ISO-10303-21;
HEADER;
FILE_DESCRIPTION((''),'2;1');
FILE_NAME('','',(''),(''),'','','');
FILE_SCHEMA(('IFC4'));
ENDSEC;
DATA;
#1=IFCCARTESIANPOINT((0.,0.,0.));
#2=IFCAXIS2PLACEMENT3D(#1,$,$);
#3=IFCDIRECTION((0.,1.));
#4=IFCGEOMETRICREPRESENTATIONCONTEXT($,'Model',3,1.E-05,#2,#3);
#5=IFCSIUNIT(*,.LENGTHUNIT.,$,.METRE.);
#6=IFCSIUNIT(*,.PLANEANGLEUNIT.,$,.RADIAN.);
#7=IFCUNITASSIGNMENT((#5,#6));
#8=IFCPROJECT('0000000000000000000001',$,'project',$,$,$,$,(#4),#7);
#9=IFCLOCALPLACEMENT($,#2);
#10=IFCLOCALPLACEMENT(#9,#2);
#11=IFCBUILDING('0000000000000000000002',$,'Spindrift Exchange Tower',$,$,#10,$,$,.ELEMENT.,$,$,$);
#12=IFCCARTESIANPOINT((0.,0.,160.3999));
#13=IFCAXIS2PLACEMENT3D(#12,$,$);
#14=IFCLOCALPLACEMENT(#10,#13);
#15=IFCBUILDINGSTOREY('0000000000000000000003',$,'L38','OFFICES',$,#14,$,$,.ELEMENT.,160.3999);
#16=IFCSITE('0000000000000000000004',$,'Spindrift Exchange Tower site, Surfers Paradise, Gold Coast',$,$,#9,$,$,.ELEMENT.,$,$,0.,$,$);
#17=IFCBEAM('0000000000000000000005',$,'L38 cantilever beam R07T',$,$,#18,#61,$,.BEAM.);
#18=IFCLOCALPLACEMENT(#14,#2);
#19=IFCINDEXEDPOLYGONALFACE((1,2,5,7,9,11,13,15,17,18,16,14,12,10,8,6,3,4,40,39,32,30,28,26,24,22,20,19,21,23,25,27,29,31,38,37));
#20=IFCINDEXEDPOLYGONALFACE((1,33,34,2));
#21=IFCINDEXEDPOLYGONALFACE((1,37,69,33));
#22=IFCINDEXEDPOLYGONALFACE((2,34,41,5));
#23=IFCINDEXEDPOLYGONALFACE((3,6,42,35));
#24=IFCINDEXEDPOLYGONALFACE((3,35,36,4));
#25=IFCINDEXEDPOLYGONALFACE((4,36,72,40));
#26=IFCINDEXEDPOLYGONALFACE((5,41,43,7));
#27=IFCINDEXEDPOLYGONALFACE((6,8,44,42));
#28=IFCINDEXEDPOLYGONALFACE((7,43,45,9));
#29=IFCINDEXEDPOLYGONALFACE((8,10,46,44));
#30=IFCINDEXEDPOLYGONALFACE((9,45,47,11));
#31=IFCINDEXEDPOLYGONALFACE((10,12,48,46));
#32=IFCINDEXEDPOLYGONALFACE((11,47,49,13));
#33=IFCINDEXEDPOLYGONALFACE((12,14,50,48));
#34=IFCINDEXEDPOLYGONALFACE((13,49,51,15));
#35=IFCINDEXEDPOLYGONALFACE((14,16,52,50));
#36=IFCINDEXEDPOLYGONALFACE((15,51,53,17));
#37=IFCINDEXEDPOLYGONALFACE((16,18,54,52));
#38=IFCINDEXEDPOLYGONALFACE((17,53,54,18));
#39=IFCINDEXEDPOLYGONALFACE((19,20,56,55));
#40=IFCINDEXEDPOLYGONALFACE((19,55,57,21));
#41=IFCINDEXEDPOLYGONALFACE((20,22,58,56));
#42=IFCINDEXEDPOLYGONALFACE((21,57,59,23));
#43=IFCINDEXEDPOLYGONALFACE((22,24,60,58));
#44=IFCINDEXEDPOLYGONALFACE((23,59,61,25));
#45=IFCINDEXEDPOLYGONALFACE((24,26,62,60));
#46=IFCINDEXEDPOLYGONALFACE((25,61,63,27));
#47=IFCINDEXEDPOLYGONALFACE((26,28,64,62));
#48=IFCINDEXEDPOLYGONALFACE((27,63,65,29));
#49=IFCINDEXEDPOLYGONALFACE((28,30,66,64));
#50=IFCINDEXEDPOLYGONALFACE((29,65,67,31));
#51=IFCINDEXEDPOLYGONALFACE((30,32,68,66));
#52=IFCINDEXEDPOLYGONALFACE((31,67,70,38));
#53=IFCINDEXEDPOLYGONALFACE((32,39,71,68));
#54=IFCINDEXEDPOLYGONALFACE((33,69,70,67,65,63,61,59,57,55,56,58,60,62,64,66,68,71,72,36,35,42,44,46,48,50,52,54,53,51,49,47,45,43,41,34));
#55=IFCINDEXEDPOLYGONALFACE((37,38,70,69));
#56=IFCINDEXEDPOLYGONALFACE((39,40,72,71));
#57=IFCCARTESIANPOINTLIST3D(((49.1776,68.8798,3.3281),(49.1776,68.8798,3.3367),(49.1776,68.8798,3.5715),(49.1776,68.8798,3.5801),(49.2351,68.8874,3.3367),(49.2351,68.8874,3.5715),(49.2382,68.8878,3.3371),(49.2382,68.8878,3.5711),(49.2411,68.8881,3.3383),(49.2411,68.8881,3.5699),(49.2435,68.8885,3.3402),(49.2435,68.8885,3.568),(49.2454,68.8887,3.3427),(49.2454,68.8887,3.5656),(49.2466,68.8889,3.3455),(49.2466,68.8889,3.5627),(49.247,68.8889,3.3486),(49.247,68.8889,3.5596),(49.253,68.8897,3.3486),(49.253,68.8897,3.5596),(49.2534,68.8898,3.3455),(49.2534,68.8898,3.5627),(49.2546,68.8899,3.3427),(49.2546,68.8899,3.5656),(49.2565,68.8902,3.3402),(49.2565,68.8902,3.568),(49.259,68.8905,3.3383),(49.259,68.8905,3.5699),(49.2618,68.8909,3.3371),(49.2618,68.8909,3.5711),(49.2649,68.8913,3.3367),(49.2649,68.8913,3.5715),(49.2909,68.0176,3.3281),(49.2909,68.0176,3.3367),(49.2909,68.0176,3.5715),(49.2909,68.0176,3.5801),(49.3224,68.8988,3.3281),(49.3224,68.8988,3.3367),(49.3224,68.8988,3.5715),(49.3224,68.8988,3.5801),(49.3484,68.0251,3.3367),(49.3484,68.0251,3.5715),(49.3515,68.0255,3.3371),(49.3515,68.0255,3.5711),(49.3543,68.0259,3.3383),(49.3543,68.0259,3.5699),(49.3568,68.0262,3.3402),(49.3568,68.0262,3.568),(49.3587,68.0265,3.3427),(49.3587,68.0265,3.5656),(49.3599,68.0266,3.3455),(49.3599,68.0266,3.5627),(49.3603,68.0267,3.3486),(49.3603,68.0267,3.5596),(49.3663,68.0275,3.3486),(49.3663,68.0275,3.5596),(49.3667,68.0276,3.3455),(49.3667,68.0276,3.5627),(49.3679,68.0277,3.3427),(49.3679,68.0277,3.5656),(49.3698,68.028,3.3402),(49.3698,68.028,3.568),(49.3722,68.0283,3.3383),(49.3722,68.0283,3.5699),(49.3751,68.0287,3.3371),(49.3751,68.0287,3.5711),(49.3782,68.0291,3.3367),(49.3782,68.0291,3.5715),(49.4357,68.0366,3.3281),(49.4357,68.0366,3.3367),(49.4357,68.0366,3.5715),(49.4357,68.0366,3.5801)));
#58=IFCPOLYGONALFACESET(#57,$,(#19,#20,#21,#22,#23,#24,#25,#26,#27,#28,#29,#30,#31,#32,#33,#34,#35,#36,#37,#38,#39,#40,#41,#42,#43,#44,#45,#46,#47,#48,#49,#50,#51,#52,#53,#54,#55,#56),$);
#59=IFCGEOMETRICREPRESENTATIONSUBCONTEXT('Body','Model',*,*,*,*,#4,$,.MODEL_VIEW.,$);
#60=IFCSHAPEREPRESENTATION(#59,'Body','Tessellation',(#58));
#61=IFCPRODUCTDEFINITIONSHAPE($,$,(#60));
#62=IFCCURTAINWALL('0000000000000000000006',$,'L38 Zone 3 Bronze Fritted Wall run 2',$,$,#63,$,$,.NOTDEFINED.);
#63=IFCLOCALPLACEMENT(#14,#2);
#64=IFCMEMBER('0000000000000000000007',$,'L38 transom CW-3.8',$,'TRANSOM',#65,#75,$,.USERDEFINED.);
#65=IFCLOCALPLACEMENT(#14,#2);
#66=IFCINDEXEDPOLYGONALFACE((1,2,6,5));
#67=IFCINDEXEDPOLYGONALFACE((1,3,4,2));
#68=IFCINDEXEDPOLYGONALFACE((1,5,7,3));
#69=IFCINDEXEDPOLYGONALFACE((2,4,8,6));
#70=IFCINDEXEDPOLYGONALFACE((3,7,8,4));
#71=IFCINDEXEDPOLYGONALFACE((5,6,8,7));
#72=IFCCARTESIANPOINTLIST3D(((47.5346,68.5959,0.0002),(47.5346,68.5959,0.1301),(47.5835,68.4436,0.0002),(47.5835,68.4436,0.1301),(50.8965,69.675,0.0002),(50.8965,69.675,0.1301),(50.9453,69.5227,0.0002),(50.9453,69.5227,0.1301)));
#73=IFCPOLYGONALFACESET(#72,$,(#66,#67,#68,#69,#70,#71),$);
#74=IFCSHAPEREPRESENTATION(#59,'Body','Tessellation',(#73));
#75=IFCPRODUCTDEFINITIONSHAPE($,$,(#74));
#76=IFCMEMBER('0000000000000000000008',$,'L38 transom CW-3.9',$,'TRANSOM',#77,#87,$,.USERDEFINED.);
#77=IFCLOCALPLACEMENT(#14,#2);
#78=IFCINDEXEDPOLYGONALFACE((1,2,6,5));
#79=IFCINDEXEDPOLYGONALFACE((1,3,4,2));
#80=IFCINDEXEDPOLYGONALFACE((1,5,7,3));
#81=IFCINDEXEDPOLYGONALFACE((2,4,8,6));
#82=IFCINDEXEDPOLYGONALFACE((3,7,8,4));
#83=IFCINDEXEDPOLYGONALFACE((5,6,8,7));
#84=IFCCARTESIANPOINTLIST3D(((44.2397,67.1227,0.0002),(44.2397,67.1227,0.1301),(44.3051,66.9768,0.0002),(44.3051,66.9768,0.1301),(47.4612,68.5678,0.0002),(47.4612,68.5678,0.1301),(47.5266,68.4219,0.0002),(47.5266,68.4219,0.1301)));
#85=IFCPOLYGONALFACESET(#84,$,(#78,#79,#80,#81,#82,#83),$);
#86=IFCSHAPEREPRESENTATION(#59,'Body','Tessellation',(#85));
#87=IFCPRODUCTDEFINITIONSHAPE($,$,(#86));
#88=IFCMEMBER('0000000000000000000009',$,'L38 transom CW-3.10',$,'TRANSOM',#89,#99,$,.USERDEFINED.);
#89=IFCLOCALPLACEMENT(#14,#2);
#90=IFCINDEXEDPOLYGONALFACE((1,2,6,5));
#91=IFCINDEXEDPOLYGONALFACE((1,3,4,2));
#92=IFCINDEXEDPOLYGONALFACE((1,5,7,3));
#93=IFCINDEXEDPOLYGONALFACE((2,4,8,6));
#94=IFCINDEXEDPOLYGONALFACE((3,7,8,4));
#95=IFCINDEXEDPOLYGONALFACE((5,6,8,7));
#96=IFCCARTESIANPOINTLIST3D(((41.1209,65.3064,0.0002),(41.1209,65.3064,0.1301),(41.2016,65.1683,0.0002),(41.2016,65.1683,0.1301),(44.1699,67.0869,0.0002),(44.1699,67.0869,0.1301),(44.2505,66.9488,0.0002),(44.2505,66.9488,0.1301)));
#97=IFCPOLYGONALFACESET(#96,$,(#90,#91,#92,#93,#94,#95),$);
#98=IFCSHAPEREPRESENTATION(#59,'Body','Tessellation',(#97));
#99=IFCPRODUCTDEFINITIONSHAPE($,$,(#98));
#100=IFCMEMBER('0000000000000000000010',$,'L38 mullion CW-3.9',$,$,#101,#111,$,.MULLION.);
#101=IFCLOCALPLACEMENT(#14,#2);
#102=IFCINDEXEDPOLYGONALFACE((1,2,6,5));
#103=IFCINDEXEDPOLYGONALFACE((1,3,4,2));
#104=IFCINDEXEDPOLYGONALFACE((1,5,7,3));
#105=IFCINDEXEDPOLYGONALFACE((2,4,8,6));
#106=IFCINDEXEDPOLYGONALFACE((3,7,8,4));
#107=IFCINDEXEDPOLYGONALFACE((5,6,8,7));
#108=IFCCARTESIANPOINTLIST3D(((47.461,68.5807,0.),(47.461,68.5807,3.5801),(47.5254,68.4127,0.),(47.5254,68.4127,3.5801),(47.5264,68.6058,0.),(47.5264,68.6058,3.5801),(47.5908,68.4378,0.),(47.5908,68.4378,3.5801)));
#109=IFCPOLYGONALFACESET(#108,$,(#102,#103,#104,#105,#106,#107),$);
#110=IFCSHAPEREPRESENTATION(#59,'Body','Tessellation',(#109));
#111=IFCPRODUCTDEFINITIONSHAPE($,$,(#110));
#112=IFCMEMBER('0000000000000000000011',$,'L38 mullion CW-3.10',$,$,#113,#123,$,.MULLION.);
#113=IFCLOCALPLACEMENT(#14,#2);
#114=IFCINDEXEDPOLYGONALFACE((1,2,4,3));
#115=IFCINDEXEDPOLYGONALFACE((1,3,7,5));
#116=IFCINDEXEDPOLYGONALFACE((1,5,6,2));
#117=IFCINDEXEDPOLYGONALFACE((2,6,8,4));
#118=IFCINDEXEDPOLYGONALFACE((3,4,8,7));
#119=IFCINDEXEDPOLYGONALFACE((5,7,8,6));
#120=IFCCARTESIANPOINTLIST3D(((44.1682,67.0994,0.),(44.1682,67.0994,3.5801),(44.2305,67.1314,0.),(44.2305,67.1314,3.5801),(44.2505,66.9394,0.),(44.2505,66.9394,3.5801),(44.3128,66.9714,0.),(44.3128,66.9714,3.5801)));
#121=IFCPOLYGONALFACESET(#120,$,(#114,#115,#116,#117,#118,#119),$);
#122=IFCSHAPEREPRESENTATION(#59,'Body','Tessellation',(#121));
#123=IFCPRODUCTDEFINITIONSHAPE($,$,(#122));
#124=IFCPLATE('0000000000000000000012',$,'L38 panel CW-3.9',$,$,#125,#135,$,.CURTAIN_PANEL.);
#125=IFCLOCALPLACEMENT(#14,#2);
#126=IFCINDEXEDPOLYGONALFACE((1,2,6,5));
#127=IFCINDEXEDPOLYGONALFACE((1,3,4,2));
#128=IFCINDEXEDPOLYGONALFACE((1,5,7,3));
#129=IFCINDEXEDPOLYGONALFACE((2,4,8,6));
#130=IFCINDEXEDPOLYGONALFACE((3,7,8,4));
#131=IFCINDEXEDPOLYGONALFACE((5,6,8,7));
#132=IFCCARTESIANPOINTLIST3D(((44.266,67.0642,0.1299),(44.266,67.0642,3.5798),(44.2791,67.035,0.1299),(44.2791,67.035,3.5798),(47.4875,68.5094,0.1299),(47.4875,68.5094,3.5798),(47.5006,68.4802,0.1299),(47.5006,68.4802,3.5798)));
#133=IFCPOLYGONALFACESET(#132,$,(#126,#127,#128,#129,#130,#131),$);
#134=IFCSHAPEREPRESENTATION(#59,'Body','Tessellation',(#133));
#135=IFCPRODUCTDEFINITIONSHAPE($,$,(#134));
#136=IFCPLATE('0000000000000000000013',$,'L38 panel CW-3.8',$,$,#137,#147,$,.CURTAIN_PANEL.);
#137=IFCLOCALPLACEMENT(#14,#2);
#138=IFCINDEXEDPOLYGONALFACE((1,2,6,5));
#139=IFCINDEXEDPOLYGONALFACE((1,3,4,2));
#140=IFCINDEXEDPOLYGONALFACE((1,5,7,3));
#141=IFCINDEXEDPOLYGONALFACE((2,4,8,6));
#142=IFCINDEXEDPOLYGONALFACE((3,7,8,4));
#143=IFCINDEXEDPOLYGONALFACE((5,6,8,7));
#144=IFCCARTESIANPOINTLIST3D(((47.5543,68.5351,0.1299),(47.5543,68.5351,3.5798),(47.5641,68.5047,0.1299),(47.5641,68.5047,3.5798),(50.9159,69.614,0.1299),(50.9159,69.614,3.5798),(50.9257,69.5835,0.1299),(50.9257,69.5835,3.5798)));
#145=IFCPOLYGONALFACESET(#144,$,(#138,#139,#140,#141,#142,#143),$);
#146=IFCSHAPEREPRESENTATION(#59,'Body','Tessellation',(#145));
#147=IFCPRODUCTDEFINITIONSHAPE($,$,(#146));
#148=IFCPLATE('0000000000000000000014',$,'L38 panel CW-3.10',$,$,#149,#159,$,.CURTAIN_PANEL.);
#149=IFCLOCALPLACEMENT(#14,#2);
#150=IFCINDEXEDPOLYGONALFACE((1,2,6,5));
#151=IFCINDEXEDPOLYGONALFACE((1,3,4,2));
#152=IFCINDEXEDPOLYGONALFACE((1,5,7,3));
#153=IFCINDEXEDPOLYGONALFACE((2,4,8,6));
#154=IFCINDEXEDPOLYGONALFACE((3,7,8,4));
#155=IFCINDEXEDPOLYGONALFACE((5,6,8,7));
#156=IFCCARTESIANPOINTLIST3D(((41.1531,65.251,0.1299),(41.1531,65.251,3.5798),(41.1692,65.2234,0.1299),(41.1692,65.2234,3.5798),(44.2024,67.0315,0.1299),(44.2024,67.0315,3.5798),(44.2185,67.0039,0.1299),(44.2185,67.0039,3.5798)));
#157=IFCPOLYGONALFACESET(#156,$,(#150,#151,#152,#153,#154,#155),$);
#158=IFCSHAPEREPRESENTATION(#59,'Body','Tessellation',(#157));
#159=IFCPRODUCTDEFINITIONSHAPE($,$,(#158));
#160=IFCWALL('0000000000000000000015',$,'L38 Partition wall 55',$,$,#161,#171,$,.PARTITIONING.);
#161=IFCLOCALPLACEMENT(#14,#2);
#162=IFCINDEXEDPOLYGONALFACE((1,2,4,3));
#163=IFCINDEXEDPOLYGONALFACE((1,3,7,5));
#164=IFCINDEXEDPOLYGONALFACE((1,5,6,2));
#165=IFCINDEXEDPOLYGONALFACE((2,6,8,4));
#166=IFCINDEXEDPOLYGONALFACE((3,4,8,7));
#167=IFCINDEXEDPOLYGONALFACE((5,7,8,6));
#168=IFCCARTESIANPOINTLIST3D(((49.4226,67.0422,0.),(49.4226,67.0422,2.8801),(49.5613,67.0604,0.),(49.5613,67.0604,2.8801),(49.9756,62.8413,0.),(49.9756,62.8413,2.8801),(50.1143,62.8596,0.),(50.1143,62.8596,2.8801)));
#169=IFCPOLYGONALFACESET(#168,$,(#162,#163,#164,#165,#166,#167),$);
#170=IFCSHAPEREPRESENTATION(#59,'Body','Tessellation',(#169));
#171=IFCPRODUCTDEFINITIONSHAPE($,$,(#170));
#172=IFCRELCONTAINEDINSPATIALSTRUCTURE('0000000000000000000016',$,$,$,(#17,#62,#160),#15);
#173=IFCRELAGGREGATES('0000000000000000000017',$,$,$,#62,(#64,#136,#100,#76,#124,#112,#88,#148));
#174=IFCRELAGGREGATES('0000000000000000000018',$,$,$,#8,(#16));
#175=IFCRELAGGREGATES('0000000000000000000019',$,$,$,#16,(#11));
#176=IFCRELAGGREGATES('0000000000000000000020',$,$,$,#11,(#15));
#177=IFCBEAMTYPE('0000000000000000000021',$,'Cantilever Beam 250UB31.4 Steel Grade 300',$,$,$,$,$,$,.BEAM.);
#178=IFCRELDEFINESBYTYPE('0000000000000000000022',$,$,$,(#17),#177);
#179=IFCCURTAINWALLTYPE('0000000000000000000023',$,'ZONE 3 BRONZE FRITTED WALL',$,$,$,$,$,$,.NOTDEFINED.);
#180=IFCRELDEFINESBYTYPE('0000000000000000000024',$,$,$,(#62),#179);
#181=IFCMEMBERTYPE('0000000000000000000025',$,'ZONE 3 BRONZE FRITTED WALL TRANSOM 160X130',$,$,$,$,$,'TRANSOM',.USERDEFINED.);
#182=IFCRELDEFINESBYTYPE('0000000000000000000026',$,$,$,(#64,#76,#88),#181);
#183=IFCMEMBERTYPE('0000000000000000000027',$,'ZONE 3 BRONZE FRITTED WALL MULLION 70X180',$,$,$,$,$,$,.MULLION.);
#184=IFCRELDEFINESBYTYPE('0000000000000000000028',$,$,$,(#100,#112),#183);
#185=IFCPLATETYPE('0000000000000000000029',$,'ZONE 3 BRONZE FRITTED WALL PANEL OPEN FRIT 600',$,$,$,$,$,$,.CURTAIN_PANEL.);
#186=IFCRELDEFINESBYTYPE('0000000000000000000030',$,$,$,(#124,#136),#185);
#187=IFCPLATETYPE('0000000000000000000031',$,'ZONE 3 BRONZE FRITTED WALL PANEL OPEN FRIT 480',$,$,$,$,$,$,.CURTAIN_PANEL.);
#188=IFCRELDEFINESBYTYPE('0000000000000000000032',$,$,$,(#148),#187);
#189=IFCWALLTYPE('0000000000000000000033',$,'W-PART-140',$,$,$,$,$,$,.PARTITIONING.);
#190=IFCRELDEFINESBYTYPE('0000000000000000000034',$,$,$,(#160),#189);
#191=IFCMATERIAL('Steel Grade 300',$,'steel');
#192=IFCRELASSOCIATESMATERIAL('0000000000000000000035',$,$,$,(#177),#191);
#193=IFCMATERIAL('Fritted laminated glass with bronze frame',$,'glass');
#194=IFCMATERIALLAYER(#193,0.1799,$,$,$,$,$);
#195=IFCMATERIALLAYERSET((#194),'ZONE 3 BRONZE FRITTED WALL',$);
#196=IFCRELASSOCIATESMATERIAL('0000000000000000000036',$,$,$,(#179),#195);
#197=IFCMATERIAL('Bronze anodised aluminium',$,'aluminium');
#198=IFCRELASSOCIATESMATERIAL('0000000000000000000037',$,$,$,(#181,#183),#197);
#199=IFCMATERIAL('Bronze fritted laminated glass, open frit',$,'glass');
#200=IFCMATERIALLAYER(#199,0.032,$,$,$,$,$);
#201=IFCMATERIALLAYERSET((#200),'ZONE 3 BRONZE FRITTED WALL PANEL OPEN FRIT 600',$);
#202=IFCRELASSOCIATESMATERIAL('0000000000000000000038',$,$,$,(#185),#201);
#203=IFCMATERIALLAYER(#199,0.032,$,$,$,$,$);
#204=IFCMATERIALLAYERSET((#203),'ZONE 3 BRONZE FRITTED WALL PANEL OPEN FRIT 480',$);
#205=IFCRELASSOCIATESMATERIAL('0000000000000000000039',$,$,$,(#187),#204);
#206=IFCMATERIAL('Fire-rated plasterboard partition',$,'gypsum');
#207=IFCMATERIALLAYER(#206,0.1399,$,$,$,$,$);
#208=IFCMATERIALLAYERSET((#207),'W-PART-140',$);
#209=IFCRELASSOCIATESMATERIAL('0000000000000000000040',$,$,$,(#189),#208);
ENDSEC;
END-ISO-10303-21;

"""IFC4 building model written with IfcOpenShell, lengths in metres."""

from ifc_helpers import new_model, si_unit, direction, frame, frame_2d, origin, origin_2d, place, context, subcontext, project, spatial, rectangle, i_section, extrude, source, transform, mapped, material, layer, layer_set, material_profile, profile_set, type_object, element, aggregate, save


model = new_model("IFC4")

# Units and contexts
model_context = context("Model", 3, precision=1e-05, world=origin(), true_north=direction((0.0, 1.0)))
body_context = subcontext(model_context, "Body", "Model", "MODEL_VIEW")
ifc_project = project(units=[si_unit("LENGTHUNIT", "METRE"), si_unit("PLANEANGLEUNIT", "RADIAN")], contexts=[model_context])

# Site, building, storey
site_placement = place(None, origin())
site = spatial("IfcSite", under=ifc_project, at=site_placement, Name="Spindrift Exchange Tower site, Surfers Paradise, Gold Coast", CompositionType="ELEMENT", RefElevation=0.0)
building_placement = place(site_placement, origin())
building = spatial("IfcBuilding", under=site, at=building_placement, Name="Spindrift Exchange Tower", CompositionType="ELEMENT")
storey_placement = place(building_placement, frame((0.0, 0.0, 160.3999)))
storey = spatial("IfcBuildingStorey", under=building, at=storey_placement, Name="L38", Description="OFFICES", CompositionType="ELEMENT", Elevation=160.3999)

# Beam
ifc_material_1 = material(Name="Steel Grade 300", Category="steel")
ifc_material_profile_1 = material_profile(ifc_material_1, i_section(OverallWidth=0.146, OverallDepth=0.252, WebThickness=0.0061, FlangeThickness=0.0085, FilletRadius=0.012, at=origin_2d()), Name="250UB31.4")
ifc_profile_set_1 = profile_set([ifc_material_profile_1], Name="Steel Grade 300")
beam_type_1 = type_object("IfcBeamType", Name="Cantilever Beam 250UB31.4 Steel Grade 300", PredefinedType="BEAM", material=ifc_profile_set_1)
shared_shape_1 = source(origin(), body_context, "Body", "SweptSolid", [
    extrude(i_section(OverallWidth=0.146, OverallDepth=0.252, WebThickness=0.0061, FlangeThickness=0.0085, FilletRadius=0.012, at=origin_2d()), origin(), (0.0, 0.0, 1.0), 0.8696),
])
beam_1_placement = place(storey_placement, frame((49.3633, 68.0271, 3.4541), z_axis=(-0.130251, 0.991481, 0.0), x_axis=(-0.991481, -0.130251, 0.0)))
element("IfcBeam", 1, at=beam_1_placement, inside=storey, type_object=beam_type_1, Name="L38 cantilever beam R07T", PredefinedType="BEAM", context=body_context, shape_type="MappedRepresentation", body=[
    mapped(shared_shape_1, transform((0.0, 0.0, 0.0), scale=1.0)),
])

# Curtain wall, members, plates
ifc_material_2 = material(Name="Fritted laminated glass with bronze frame", Category="glass")
ifc_layer_1 = layer(ifc_material_2, 0.1799)
ifc_layer_set_1 = layer_set([ifc_layer_1], Name="ZONE 3 BRONZE FRITTED WALL")
curtain_wall_type = type_object("IfcCurtainWallType", Name="ZONE 3 BRONZE FRITTED WALL", PredefinedType="NOTDEFINED", material=ifc_layer_set_1)
curtain_wall_placement = place(storey_placement, origin())
curtain_wall = element("IfcCurtainWall", 2, at=curtain_wall_placement, inside=storey, type_object=curtain_wall_type, Name="L38 Zone 3 Bronze Fritted Wall run 2", PredefinedType="NOTDEFINED")
ifc_material_3 = material(Name="Bronze anodised aluminium", Category="aluminium")
ifc_material_profile_2 = material_profile(ifc_material_3, rectangle(XDim=0.1599, YDim=0.1299, at=origin_2d()), Name="ZONE 3 BRONZE FRITTED WALL TRANSOM 160X130")
ifc_profile_set_2 = profile_set([ifc_material_profile_2], Name="Bronze anodised aluminium")
member_type_1 = type_object("IfcMemberType", Name="ZONE 3 BRONZE FRITTED WALL TRANSOM 160X130", ElementType="TRANSOM", PredefinedType="USERDEFINED", material=ifc_profile_set_2)
shared_shape_2 = source(origin(), body_context, "Body", "SweptSolid", [
    extrude(rectangle(XDim=0.1599, YDim=0.1299, at=origin_2d()), origin(), (0.0, 0.0, 1.0), 3.5308),
])
member_1_placement = place(storey_placement, frame((50.9209, 69.5989, 0.0652), z_axis=(-0.952151, -0.305629, 0.0), x_axis=(0.305629, -0.952151, 0.0)))
member_1 = element("IfcMember", 3, at=member_1_placement, type_object=member_type_1, Name="L38 transom CW-3.8", ObjectType="TRANSOM", PredefinedType="USERDEFINED", context=body_context, shape_type="MappedRepresentation", body=[
    mapped(shared_shape_2, transform((0.0, 0.0, 0.0), scale=1.0)),
])
member_2_placement = place(storey_placement, frame((47.4939, 68.4949, 0.0652), z_axis=(-0.912406, -0.409286, 0.0), x_axis=(0.409286, -0.912406, 0.0)))
member_2 = element("IfcMember", 4, at=member_2_placement, type_object=member_type_1, Name="L38 transom CW-3.9", ObjectType="TRANSOM", PredefinedType="USERDEFINED", context=body_context, shape_type="MappedRepresentation", body=[
    mapped(shared_shape_2, transform((0.0, 0.0, 0.0), scale=1.0)),
])
member_3_placement = place(storey_placement, frame((44.2102, 67.0178, 0.0652), z_axis=(-0.863546, -0.504271, 0.0), x_axis=(0.504271, -0.863546, 0.0)))
member_3 = element("IfcMember", 5, at=member_3_placement, type_object=member_type_1, Name="L38 transom CW-3.10", ObjectType="TRANSOM", PredefinedType="USERDEFINED", context=body_context, shape_type="MappedRepresentation", body=[
    mapped(shared_shape_2, transform((0.0, 0.0, 0.0), scale=1.0)),
])
ifc_material_profile_3 = material_profile(ifc_material_3, rectangle(XDim=0.0701, YDim=0.1799, at=origin_2d()), Name="ZONE 3 BRONZE FRITTED WALL MULLION 70X180")
ifc_profile_set_3 = profile_set([ifc_material_profile_3], Name="Bronze anodised aluminium")
member_type_2 = type_object("IfcMemberType", Name="ZONE 3 BRONZE FRITTED WALL MULLION 70X180", PredefinedType="MULLION", material=ifc_profile_set_3)
shared_shape_3 = source(origin(), body_context, "Body", "SweptSolid", [
    extrude(rectangle(XDim=0.0701, YDim=0.1799, at=origin_2d()), origin(), (0.0, 0.0, 1.0), 3.5801),
])
member_4_placement = place(storey_placement, frame((47.5259, 68.5093, 0.0), z_axis=(0.0, 0.0, 1.0), x_axis=(-0.933722, -0.357998, 0.0)))
member_4 = element("IfcMember", 6, at=member_4_placement, type_object=member_type_2, Name="L38 mullion CW-3.9", PredefinedType="MULLION", context=body_context, shape_type="MappedRepresentation", body=[
    mapped(shared_shape_3, transform((0.0, 0.0, 0.0), scale=1.0)),
])
member_5_placement = place(storey_placement, frame((44.2405, 67.0354, 0.0), z_axis=(0.0, 0.0, 1.0), x_axis=(-0.889249, -0.457423, 0.0)))
member_5 = element("IfcMember", 7, at=member_5_placement, type_object=member_type_2, Name="L38 mullion CW-3.10", PredefinedType="MULLION", context=body_context, shape_type="MappedRepresentation", body=[
    mapped(shared_shape_3, transform((0.0, 0.0, 0.0), scale=1.0)),
])
ifc_material_4 = material(Name="Bronze fritted laminated glass, open frit", Category="glass")
ifc_layer_2 = layer(ifc_material_4, 0.032)
ifc_layer_set_2 = layer_set([ifc_layer_2], Name="ZONE 3 BRONZE FRITTED WALL PANEL OPEN FRIT 600")
plate_type_1 = type_object("IfcPlateType", Name="ZONE 3 BRONZE FRITTED WALL PANEL OPEN FRIT 600", PredefinedType="CURTAIN_PANEL", material=ifc_layer_set_2)
shared_shape_4 = source(origin(), body_context, "Body", "SweptSolid", [
    extrude(rectangle(XDim=3.5308, YDim=0.032, at=origin_2d()), origin(), (0.0, 0.0, 1.0), 3.45),
])
plate_1_placement = place(storey_placement, frame((45.8833, 67.7722, 0.1299), z_axis=(0.0, 0.0, 1.0), x_axis=(-0.912398, -0.409305, 0.0)))
plate_1 = element("IfcPlate", 8, at=plate_1_placement, type_object=plate_type_1, Name="L38 panel CW-3.9", PredefinedType="CURTAIN_PANEL", context=body_context, shape_type="MappedRepresentation", body=[
    mapped(shared_shape_4, transform((0.0, 0.0, 0.0), scale=1.0)),
])
shared_shape_5 = source(origin(), body_context, "Body", "SweptSolid", [
    extrude(rectangle(XDim=3.5305, YDim=0.032, at=origin_2d()), origin(), (0.0, 0.0, 1.0), 3.45),
])
plate_2_placement = place(storey_placement, frame((49.24, 69.0593, 0.1299), z_axis=(0.0, 0.0, 1.0), x_axis=(-0.952165, -0.305586, 0.0)))
plate_2 = element("IfcPlate", 9, at=plate_2_placement, type_object=plate_type_1, Name="L38 panel CW-3.8", PredefinedType="CURTAIN_PANEL", context=body_context, shape_type="MappedRepresentation", body=[
    mapped(shared_shape_5, transform((0.0, 0.0, 0.0), scale=1.0)),
])
ifc_layer_3 = layer(ifc_material_4, 0.032)
ifc_layer_set_3 = layer_set([ifc_layer_3], Name="ZONE 3 BRONZE FRITTED WALL PANEL OPEN FRIT 480")
plate_type_2 = type_object("IfcPlateType", Name="ZONE 3 BRONZE FRITTED WALL PANEL OPEN FRIT 480", PredefinedType="CURTAIN_PANEL", material=ifc_layer_set_3)
shared_shape_6 = source(origin(), body_context, "Body", "SweptSolid", [
    extrude(rectangle(XDim=3.531, YDim=0.032, at=origin_2d()), origin(), (0.0, 0.0, 1.0), 3.45),
])
plate_3_placement = place(storey_placement, frame((42.6858, 66.1274, 0.1299), z_axis=(0.0, 0.0, 1.0), x_axis=(-0.863565, -0.504237, 0.0)))
plate_3 = element("IfcPlate", 10, at=plate_3_placement, type_object=plate_type_2, Name="L38 panel CW-3.10", PredefinedType="CURTAIN_PANEL", context=body_context, shape_type="MappedRepresentation", body=[
    mapped(shared_shape_6, transform((0.0, 0.0, 0.0), scale=1.0)),
])
aggregate(curtain_wall, [member_1, plate_2, member_4, member_2, plate_1, member_5, member_3, plate_3])

# Wall
ifc_material_5 = material(Name="Fire-rated plasterboard partition", Category="gypsum")
ifc_layer_4 = layer(ifc_material_5, 0.1399)
ifc_layer_set_4 = layer_set([ifc_layer_4], Name="W-PART-140")
wall_type = type_object("IfcWallType", Name="W-PART-140", PredefinedType="PARTITIONING", material=ifc_layer_set_4)
wall_1_placement = place(storey_placement, frame((50.0449, 62.8503, 0.0), z_axis=(0.0, 0.0, 1.0), x_axis=(-0.130507, 0.991447, 0.0)))
element("IfcWall", 11, at=wall_1_placement, inside=storey, type_object=wall_type, Name="L38 Partition wall 55", PredefinedType="PARTITIONING", context=body_context, shape_type="SweptSolid", body=[
    extrude(rectangle(XDim=4.2371, YDim=0.1399, at=frame_2d((2.1187, 0.0))), origin(), (0.0, 0.0, 1.0), 2.8801),
])

save(model, "model.ifc")
